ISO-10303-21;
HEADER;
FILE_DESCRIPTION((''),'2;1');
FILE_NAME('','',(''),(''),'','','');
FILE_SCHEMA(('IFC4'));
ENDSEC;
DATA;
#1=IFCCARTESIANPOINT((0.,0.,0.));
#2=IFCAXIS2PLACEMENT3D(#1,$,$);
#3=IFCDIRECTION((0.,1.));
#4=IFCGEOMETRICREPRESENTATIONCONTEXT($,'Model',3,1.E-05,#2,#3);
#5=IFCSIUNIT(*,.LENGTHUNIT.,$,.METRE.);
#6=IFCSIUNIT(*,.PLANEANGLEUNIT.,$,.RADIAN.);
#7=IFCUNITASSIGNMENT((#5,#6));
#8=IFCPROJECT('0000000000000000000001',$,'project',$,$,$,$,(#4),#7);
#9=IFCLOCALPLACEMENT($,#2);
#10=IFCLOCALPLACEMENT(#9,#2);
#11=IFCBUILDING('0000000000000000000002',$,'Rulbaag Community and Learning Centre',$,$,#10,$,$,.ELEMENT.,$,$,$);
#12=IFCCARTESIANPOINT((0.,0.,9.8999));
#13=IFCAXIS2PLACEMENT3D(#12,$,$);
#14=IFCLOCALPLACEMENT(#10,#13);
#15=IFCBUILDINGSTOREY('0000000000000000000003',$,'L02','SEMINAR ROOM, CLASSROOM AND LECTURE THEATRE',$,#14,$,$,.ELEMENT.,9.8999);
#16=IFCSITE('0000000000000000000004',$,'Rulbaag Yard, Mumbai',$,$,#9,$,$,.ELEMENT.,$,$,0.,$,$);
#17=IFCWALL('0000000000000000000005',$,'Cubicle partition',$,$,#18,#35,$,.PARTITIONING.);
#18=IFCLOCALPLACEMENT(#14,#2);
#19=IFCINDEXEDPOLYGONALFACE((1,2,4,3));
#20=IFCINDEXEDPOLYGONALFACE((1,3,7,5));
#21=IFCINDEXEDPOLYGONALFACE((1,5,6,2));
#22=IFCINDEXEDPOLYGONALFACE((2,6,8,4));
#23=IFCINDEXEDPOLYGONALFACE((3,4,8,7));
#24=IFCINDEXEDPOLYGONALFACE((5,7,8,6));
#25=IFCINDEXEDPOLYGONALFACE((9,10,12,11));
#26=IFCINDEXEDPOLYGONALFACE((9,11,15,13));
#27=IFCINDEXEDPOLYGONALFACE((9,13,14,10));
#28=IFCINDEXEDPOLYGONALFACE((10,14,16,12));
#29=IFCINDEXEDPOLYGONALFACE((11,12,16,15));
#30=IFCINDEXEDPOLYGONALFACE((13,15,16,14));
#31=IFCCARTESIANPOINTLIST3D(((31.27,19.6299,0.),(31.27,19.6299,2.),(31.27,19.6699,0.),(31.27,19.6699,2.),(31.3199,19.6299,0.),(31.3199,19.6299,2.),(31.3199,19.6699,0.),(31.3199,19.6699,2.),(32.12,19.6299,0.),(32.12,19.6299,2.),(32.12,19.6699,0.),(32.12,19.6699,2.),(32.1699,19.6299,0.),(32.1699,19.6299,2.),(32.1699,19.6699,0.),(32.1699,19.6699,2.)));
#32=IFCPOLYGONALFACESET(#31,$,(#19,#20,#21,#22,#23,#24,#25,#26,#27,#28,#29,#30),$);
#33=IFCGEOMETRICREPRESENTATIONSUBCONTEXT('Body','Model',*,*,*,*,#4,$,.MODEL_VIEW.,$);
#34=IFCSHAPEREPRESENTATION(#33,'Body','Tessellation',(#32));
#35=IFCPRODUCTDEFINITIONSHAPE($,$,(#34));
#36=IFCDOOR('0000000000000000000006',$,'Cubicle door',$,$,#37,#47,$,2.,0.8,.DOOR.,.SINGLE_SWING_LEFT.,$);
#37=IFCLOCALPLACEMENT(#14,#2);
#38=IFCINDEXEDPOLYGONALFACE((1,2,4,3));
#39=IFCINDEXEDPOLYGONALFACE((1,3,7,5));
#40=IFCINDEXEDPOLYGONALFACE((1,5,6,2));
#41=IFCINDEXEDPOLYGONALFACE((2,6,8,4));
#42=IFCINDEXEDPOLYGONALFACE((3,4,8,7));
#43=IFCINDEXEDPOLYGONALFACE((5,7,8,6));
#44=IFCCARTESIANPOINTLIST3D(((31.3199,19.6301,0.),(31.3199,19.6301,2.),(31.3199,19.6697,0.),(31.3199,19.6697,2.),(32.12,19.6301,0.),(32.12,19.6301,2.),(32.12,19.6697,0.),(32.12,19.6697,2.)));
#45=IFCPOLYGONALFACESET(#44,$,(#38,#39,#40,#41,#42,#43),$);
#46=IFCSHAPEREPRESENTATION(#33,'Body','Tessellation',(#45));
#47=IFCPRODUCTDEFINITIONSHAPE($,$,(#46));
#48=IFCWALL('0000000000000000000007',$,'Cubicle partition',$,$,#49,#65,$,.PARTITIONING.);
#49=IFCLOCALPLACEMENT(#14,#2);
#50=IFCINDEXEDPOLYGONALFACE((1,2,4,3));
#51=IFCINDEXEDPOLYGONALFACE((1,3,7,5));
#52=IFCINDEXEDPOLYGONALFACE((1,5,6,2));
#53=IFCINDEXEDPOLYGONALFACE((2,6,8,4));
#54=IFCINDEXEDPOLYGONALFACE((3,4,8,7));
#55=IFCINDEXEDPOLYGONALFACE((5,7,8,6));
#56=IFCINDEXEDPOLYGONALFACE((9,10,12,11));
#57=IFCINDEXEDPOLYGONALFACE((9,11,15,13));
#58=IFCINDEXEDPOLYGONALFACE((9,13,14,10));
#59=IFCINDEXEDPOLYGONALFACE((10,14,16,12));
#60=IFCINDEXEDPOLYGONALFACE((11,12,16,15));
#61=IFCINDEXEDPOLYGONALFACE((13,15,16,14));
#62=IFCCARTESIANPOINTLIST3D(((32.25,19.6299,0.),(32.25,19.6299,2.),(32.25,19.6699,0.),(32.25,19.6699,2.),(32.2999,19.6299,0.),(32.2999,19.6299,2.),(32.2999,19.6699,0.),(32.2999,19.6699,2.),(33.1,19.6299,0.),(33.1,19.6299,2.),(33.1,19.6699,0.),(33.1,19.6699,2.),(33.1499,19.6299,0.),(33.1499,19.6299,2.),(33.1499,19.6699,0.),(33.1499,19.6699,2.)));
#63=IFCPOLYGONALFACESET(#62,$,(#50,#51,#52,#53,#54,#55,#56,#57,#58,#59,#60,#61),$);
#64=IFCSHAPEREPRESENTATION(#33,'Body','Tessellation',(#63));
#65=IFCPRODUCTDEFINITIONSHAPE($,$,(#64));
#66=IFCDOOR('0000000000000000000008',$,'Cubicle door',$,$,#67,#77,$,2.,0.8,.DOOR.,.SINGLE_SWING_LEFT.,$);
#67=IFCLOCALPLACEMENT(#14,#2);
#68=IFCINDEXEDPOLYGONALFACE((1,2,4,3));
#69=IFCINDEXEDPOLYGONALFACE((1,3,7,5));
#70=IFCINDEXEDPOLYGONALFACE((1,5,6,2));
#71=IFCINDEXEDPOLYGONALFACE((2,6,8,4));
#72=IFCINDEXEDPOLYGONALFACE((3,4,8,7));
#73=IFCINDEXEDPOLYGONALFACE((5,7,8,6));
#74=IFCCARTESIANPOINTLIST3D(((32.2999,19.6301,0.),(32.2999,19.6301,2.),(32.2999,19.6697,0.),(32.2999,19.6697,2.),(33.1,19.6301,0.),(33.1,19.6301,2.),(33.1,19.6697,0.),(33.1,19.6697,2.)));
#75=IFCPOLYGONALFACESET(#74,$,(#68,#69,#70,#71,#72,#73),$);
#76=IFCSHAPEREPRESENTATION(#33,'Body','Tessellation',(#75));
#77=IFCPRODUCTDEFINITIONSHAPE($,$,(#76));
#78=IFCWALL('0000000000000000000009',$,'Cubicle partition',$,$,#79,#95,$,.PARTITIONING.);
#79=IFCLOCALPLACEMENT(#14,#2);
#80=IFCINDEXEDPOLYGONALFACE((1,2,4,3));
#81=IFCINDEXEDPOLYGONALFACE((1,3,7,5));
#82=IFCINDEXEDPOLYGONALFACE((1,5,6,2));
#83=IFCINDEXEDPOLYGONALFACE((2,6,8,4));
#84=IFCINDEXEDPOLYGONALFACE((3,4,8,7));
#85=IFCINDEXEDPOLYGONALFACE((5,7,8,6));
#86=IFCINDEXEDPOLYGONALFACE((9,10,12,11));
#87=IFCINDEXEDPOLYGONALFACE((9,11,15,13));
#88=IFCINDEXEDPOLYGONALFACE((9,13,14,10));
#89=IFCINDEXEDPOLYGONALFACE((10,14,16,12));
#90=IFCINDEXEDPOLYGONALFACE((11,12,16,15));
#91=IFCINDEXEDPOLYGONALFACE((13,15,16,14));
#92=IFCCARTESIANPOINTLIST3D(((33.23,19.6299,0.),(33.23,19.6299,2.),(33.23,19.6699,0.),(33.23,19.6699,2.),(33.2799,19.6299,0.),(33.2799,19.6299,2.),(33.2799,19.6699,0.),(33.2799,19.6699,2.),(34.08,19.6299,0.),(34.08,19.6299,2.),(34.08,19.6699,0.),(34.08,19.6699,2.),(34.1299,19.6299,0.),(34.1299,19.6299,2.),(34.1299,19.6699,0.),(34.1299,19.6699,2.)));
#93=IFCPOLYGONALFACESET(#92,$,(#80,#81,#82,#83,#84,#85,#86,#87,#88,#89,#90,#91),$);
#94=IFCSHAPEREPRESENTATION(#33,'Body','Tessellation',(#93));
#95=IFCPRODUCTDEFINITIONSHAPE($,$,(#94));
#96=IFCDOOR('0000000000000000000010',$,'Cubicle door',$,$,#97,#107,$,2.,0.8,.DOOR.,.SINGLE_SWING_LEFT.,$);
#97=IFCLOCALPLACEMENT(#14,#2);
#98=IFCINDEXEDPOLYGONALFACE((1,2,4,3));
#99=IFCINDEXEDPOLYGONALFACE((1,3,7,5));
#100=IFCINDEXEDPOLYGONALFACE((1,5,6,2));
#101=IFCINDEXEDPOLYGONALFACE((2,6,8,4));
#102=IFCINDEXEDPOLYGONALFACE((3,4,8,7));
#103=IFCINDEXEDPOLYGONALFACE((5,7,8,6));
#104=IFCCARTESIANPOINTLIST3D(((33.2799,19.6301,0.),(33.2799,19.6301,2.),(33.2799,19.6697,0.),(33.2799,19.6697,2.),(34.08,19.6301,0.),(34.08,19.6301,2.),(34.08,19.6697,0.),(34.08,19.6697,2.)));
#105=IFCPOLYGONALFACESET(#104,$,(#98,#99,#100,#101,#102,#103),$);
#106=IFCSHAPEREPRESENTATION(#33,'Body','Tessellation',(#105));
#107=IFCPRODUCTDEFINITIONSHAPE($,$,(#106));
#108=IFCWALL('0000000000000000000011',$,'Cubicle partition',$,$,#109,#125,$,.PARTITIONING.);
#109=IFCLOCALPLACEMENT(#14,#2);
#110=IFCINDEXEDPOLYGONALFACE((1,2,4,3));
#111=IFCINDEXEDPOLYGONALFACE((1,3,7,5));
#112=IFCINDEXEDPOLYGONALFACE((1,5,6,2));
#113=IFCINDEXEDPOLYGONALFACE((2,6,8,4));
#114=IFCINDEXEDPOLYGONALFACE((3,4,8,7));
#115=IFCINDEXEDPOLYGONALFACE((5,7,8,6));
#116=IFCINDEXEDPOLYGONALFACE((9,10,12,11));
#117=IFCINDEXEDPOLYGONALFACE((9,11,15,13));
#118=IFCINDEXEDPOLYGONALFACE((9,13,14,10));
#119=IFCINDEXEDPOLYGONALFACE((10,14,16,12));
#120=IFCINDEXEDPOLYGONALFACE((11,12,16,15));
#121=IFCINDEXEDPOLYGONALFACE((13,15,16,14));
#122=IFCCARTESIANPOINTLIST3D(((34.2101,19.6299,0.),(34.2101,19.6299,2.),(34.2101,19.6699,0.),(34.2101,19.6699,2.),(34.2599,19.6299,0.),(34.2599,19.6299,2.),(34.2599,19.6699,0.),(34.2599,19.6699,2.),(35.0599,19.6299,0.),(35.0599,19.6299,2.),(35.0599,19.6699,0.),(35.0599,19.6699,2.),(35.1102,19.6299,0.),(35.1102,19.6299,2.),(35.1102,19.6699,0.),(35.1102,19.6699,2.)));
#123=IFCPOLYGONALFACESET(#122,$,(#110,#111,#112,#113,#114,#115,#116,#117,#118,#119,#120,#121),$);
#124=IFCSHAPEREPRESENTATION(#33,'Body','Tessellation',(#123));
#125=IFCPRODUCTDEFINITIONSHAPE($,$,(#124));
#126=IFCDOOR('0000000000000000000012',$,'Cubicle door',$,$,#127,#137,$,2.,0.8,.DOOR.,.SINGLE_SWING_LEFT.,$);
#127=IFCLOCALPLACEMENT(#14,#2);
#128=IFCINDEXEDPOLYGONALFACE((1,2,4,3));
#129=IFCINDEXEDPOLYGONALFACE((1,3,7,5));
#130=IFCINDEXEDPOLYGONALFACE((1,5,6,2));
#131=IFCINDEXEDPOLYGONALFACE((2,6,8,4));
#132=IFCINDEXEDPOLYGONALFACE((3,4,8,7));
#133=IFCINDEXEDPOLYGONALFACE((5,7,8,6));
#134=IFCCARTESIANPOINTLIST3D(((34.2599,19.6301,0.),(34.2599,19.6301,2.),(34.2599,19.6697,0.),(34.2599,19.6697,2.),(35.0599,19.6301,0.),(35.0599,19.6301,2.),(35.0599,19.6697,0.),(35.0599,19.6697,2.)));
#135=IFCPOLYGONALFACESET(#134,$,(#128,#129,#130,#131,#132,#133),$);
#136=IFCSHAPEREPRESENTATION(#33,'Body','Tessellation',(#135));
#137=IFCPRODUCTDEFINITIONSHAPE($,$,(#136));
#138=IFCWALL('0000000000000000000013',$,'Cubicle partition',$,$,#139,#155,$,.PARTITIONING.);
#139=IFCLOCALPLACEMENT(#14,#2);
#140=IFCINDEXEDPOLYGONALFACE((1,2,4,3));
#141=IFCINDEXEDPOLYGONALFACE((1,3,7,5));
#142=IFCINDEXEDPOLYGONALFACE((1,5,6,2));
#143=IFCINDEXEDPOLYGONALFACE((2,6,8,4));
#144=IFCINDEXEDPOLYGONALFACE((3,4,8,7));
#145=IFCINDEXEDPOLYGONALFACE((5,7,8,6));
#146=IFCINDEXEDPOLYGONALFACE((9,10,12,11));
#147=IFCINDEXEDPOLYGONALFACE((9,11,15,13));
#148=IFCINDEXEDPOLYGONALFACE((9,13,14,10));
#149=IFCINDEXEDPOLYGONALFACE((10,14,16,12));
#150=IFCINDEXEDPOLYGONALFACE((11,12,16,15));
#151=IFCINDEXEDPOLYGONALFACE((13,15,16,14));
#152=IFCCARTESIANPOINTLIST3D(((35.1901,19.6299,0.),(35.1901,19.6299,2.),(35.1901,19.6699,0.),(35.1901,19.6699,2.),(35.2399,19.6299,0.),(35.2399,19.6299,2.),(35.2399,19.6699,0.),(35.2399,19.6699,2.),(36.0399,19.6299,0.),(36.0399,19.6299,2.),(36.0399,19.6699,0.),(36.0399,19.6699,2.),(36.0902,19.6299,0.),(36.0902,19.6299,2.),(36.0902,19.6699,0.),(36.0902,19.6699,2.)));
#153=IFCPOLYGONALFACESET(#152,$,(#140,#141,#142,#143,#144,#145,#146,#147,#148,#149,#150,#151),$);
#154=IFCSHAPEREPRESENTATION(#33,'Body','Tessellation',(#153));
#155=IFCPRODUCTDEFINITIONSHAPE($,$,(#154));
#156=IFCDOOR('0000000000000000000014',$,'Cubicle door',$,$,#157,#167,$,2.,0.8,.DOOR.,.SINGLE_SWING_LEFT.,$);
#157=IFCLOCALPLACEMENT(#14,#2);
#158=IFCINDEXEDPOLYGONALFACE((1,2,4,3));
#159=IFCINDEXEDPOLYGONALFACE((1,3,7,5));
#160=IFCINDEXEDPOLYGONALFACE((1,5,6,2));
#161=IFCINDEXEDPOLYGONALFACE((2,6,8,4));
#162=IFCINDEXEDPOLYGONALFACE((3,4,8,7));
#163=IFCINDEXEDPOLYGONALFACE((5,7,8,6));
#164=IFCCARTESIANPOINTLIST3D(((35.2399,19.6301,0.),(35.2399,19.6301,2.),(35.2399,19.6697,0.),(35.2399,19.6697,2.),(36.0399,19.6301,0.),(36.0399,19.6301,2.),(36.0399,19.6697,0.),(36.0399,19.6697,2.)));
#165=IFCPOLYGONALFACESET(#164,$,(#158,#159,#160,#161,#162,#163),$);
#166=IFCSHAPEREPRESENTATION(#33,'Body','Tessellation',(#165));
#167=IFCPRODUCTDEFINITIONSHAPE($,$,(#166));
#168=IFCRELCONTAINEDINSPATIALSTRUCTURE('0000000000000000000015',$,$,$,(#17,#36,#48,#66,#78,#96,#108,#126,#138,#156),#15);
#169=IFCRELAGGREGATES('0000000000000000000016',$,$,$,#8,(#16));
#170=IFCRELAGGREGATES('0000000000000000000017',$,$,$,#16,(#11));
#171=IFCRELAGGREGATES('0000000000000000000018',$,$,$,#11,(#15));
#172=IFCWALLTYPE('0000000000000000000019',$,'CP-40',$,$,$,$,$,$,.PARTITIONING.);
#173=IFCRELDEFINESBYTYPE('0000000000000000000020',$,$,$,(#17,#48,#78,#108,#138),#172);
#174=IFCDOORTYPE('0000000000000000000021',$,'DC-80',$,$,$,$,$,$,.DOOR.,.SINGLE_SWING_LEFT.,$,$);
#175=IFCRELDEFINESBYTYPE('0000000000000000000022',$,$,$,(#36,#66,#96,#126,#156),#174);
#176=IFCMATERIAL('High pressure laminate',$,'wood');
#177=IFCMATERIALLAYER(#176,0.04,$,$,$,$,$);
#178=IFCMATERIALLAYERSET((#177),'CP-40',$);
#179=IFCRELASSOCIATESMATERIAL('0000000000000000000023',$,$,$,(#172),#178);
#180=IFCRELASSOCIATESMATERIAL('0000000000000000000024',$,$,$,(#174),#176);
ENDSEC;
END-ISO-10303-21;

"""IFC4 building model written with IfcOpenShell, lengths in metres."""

from ifc_helpers import new_model, si_unit, direction, frame, frame_2d, origin, place, context, subcontext, project, spatial, rectangle, extrude, material, layer, layer_set, type_object, element, fill, save


model = new_model("IFC4")

# Units and contexts
model_context = context("Model", 3, precision=1e-05, world=origin(), true_north=direction((0.0, 1.0)))
body_context = subcontext(model_context, "Body", "Model", "MODEL_VIEW")
ifc_project = project(units=[si_unit("LENGTHUNIT", "METRE"), si_unit("PLANEANGLEUNIT", "RADIAN")], contexts=[model_context])

# Site, building, storey
site_placement = place(None, origin())
site = spatial("IfcSite", under=ifc_project, at=site_placement, Name="Rulbaag Yard, Mumbai", CompositionType="ELEMENT", RefElevation=0.0)
building_placement = place(site_placement, origin())
building = spatial("IfcBuilding", under=site, at=building_placement, Name="Rulbaag Community and Learning Centre", CompositionType="ELEMENT")
storey_placement = place(building_placement, frame((0.0, 0.0, 9.8999)))
storey = spatial("IfcBuildingStorey", under=building, at=storey_placement, Name="L02", Description="SEMINAR ROOM, CLASSROOM AND LECTURE THEATRE", CompositionType="ELEMENT", Elevation=9.8999)

# Walls, openings, doors
ifc_material_1 = material(Name="High pressure laminate", Category="wood")
ifc_layer_1 = layer(ifc_material_1, 0.04)
ifc_layer_set_1 = layer_set([ifc_layer_1], Name="CP-40")
wall_type_1 = type_object("IfcWallType", Name="CP-40", PredefinedType="PARTITIONING", material=ifc_layer_set_1)
wall_1_placement = place(storey_placement, frame((31.27, 19.6499, 0.0), z_axis=(0.0, 0.0, 1.0), x_axis=(1.0, 0.0, 0.0)))
wall_1 = element("IfcWall", 1, at=wall_1_placement, inside=storey, type_object=wall_type_1, Name="Cubicle partition", PredefinedType="PARTITIONING", context=body_context, shape_type="SweptSolid", body=[
    extrude(rectangle(XDim=0.8999, YDim=0.04, at=frame_2d((0.45, 0.0))), origin(), (0.0, 0.0, 1.0), 2.0),
])
opening_1_placement = place(wall_1_placement, frame((0.05, 0.0, 0.0)))
opening_1 = element("IfcOpeningElement", 2, at=opening_1_placement, cuts=wall_1, PredefinedType="OPENING", context=body_context, shape_type="SweptSolid", body=[
    extrude(rectangle(XDim=0.8, YDim=2.0, at=frame_2d((0.3999, 1.0))), frame((0.0, 0.03, 0.0), z_axis=(0.0, -1.0, 0.0), x_axis=(1.0, 0.0, 0.0)), (0.0, 0.0, 1.0), 0.0601),
])
door_type_1 = type_object("IfcDoorType", Name="DC-80", OperationType="SINGLE_SWING_LEFT", PredefinedType="DOOR", material=ifc_material_1)
door_1_placement = place(opening_1_placement, origin())
door_1 = element("IfcDoor", 3, at=door_1_placement, inside=storey, type_object=door_type_1, Name="Cubicle door", OperationType="SINGLE_SWING_LEFT", OverallHeight=2.0, OverallWidth=0.8, PredefinedType="DOOR", context=body_context, shape_type="SweptSolid", body=[
    extrude(rectangle(XDim=0.8, YDim=2.0, at=frame_2d((0.3999, 1.0))), frame((0.0, 0.0198, 0.0), z_axis=(0.0, -1.0, 0.0), x_axis=(1.0, 0.0, 0.0)), (0.0, 0.0, 1.0), 0.0396),
])
fill(opening_1, door_1)
wall_2_placement = place(storey_placement, frame((32.25, 19.6499, 0.0), z_axis=(0.0, 0.0, 1.0), x_axis=(1.0, 0.0, 0.0)))
wall_2 = element("IfcWall", 4, at=wall_2_placement, inside=storey, type_object=wall_type_1, Name="Cubicle partition", PredefinedType="PARTITIONING", context=body_context, shape_type="SweptSolid", body=[
    extrude(rectangle(XDim=0.8999, YDim=0.04, at=frame_2d((0.45, 0.0))), origin(), (0.0, 0.0, 1.0), 2.0),
])
opening_2_placement = place(wall_2_placement, frame((0.05, 0.0, 0.0)))
opening_2 = element("IfcOpeningElement", 5, at=opening_2_placement, cuts=wall_2, PredefinedType="OPENING", context=body_context, shape_type="SweptSolid", body=[
    extrude(rectangle(XDim=0.8, YDim=2.0, at=frame_2d((0.3999, 1.0))), frame((0.0, 0.03, 0.0), z_axis=(0.0, -1.0, 0.0), x_axis=(1.0, 0.0, 0.0)), (0.0, 0.0, 1.0), 0.0601),
])
door_2_placement = place(opening_2_placement, origin())
door_2 = element("IfcDoor", 6, at=door_2_placement, inside=storey, type_object=door_type_1, Name="Cubicle door", OperationType="SINGLE_SWING_LEFT", OverallHeight=2.0, OverallWidth=0.8, PredefinedType="DOOR", context=body_context, shape_type="SweptSolid", body=[
    extrude(rectangle(XDim=0.8, YDim=2.0, at=frame_2d((0.3999, 1.0))), frame((0.0, 0.0198, 0.0), z_axis=(0.0, -1.0, 0.0), x_axis=(1.0, 0.0, 0.0)), (0.0, 0.0, 1.0), 0.0396),
])
fill(opening_2, door_2)
wall_3_placement = place(storey_placement, frame((33.23, 19.6499, 0.0), z_axis=(0.0, 0.0, 1.0), x_axis=(1.0, 0.0, 0.0)))
wall_3 = element("IfcWall", 7, at=wall_3_placement, inside=storey, type_object=wall_type_1, Name="Cubicle partition", PredefinedType="PARTITIONING", context=body_context, shape_type="SweptSolid", body=[
    extrude(rectangle(XDim=0.8999, YDim=0.04, at=frame_2d((0.45, 0.0))), origin(), (0.0, 0.0, 1.0), 2.0),
])
opening_3_placement = place(wall_3_placement, frame((0.05, 0.0, 0.0)))
opening_3 = element("IfcOpeningElement", 8, at=opening_3_placement, cuts=wall_3, PredefinedType="OPENING", context=body_context, shape_type="SweptSolid", body=[
    extrude(rectangle(XDim=0.8, YDim=2.0, at=frame_2d((0.3999, 1.0))), frame((0.0, 0.03, 0.0), z_axis=(0.0, -1.0, 0.0), x_axis=(1.0, 0.0, 0.0)), (0.0, 0.0, 1.0), 0.0601),
])
door_3_placement = place(opening_3_placement, origin())
door_3 = element("IfcDoor", 9, at=door_3_placement, inside=storey, type_object=door_type_1, Name="Cubicle door", OperationType="SINGLE_SWING_LEFT", OverallHeight=2.0, OverallWidth=0.8, PredefinedType="DOOR", context=body_context, shape_type="SweptSolid", body=[
    extrude(rectangle(XDim=0.8, YDim=2.0, at=frame_2d((0.3999, 1.0))), frame((0.0, 0.0198, 0.0), z_axis=(0.0, -1.0, 0.0), x_axis=(1.0, 0.0, 0.0)), (0.0, 0.0, 1.0), 0.0396),
])
fill(opening_3, door_3)
wall_4_placement = place(storey_placement, frame((34.21, 19.6499, 0.0), z_axis=(0.0, 0.0, 1.0), x_axis=(1.0, 0.0, 0.0)))
wall_4 = element("IfcWall", 10, at=wall_4_placement, inside=storey, type_object=wall_type_1, Name="Cubicle partition", PredefinedType="PARTITIONING", context=body_context, shape_type="SweptSolid", body=[
    extrude(rectangle(XDim=0.9001, YDim=0.04, at=frame_2d((0.4502, 0.0))), origin(), (0.0, 0.0, 1.0), 2.0),
])
opening_4_placement = place(wall_4_placement, frame((0.05, 0.0, 0.0)))
opening_4 = element("IfcOpeningElement", 11, at=opening_4_placement, cuts=wall_4, PredefinedType="OPENING", context=body_context, shape_type="SweptSolid", body=[
    extrude(rectangle(XDim=0.8, YDim=2.0, at=frame_2d((0.3999, 1.0))), frame((0.0, 0.03, 0.0), z_axis=(0.0, -1.0, 0.0), x_axis=(1.0, 0.0, 0.0)), (0.0, 0.0, 1.0), 0.0601),
])
door_4_placement = place(opening_4_placement, origin())
door_4 = element("IfcDoor", 12, at=door_4_placement, inside=storey, type_object=door_type_1, Name="Cubicle door", OperationType="SINGLE_SWING_LEFT", OverallHeight=2.0, OverallWidth=0.8, PredefinedType="DOOR", context=body_context, shape_type="SweptSolid", body=[
    extrude(rectangle(XDim=0.8, YDim=2.0, at=frame_2d((0.3999, 1.0))), frame((0.0, 0.0198, 0.0), z_axis=(0.0, -1.0, 0.0), x_axis=(1.0, 0.0, 0.0)), (0.0, 0.0, 1.0), 0.0396),
])
fill(opening_4, door_4)
wall_5_placement = place(storey_placement, frame((35.1899, 19.6499, 0.0), z_axis=(0.0, 0.0, 1.0), x_axis=(1.0, 0.0, 0.0)))
wall_5 = element("IfcWall", 13, at=wall_5_placement, inside=storey, type_object=wall_type_1, Name="Cubicle partition", PredefinedType="PARTITIONING", context=body_context, shape_type="SweptSolid", body=[
    extrude(rectangle(XDim=0.9001, YDim=0.04, at=frame_2d((0.4502, 0.0))), origin(), (0.0, 0.0, 1.0), 2.0),
])
opening_5_placement = place(wall_5_placement, frame((0.05, 0.0, 0.0)))
opening_5 = element("IfcOpeningElement", 14, at=opening_5_placement, cuts=wall_5, PredefinedType="OPENING", context=body_context, shape_type="SweptSolid", body=[
    extrude(rectangle(XDim=0.8, YDim=2.0, at=frame_2d((0.3999, 1.0))), frame((0.0, 0.03, 0.0), z_axis=(0.0, -1.0, 0.0), x_axis=(1.0, 0.0, 0.0)), (0.0, 0.0, 1.0), 0.0601),
])
door_5_placement = place(opening_5_placement, origin())
door_5 = element("IfcDoor", 15, at=door_5_placement, inside=storey, type_object=door_type_1, Name="Cubicle door", OperationType="SINGLE_SWING_LEFT", OverallHeight=2.0, OverallWidth=0.8, PredefinedType="DOOR", context=body_context, shape_type="SweptSolid", body=[
    extrude(rectangle(XDim=0.8, YDim=2.0, at=frame_2d((0.3999, 1.0))), frame((0.0, 0.0198, 0.0), z_axis=(0.0, -1.0, 0.0), x_axis=(1.0, 0.0, 0.0)), (0.0, 0.0, 1.0), 0.0396),
])
fill(opening_5, door_5)

save(model, "model.ifc")
